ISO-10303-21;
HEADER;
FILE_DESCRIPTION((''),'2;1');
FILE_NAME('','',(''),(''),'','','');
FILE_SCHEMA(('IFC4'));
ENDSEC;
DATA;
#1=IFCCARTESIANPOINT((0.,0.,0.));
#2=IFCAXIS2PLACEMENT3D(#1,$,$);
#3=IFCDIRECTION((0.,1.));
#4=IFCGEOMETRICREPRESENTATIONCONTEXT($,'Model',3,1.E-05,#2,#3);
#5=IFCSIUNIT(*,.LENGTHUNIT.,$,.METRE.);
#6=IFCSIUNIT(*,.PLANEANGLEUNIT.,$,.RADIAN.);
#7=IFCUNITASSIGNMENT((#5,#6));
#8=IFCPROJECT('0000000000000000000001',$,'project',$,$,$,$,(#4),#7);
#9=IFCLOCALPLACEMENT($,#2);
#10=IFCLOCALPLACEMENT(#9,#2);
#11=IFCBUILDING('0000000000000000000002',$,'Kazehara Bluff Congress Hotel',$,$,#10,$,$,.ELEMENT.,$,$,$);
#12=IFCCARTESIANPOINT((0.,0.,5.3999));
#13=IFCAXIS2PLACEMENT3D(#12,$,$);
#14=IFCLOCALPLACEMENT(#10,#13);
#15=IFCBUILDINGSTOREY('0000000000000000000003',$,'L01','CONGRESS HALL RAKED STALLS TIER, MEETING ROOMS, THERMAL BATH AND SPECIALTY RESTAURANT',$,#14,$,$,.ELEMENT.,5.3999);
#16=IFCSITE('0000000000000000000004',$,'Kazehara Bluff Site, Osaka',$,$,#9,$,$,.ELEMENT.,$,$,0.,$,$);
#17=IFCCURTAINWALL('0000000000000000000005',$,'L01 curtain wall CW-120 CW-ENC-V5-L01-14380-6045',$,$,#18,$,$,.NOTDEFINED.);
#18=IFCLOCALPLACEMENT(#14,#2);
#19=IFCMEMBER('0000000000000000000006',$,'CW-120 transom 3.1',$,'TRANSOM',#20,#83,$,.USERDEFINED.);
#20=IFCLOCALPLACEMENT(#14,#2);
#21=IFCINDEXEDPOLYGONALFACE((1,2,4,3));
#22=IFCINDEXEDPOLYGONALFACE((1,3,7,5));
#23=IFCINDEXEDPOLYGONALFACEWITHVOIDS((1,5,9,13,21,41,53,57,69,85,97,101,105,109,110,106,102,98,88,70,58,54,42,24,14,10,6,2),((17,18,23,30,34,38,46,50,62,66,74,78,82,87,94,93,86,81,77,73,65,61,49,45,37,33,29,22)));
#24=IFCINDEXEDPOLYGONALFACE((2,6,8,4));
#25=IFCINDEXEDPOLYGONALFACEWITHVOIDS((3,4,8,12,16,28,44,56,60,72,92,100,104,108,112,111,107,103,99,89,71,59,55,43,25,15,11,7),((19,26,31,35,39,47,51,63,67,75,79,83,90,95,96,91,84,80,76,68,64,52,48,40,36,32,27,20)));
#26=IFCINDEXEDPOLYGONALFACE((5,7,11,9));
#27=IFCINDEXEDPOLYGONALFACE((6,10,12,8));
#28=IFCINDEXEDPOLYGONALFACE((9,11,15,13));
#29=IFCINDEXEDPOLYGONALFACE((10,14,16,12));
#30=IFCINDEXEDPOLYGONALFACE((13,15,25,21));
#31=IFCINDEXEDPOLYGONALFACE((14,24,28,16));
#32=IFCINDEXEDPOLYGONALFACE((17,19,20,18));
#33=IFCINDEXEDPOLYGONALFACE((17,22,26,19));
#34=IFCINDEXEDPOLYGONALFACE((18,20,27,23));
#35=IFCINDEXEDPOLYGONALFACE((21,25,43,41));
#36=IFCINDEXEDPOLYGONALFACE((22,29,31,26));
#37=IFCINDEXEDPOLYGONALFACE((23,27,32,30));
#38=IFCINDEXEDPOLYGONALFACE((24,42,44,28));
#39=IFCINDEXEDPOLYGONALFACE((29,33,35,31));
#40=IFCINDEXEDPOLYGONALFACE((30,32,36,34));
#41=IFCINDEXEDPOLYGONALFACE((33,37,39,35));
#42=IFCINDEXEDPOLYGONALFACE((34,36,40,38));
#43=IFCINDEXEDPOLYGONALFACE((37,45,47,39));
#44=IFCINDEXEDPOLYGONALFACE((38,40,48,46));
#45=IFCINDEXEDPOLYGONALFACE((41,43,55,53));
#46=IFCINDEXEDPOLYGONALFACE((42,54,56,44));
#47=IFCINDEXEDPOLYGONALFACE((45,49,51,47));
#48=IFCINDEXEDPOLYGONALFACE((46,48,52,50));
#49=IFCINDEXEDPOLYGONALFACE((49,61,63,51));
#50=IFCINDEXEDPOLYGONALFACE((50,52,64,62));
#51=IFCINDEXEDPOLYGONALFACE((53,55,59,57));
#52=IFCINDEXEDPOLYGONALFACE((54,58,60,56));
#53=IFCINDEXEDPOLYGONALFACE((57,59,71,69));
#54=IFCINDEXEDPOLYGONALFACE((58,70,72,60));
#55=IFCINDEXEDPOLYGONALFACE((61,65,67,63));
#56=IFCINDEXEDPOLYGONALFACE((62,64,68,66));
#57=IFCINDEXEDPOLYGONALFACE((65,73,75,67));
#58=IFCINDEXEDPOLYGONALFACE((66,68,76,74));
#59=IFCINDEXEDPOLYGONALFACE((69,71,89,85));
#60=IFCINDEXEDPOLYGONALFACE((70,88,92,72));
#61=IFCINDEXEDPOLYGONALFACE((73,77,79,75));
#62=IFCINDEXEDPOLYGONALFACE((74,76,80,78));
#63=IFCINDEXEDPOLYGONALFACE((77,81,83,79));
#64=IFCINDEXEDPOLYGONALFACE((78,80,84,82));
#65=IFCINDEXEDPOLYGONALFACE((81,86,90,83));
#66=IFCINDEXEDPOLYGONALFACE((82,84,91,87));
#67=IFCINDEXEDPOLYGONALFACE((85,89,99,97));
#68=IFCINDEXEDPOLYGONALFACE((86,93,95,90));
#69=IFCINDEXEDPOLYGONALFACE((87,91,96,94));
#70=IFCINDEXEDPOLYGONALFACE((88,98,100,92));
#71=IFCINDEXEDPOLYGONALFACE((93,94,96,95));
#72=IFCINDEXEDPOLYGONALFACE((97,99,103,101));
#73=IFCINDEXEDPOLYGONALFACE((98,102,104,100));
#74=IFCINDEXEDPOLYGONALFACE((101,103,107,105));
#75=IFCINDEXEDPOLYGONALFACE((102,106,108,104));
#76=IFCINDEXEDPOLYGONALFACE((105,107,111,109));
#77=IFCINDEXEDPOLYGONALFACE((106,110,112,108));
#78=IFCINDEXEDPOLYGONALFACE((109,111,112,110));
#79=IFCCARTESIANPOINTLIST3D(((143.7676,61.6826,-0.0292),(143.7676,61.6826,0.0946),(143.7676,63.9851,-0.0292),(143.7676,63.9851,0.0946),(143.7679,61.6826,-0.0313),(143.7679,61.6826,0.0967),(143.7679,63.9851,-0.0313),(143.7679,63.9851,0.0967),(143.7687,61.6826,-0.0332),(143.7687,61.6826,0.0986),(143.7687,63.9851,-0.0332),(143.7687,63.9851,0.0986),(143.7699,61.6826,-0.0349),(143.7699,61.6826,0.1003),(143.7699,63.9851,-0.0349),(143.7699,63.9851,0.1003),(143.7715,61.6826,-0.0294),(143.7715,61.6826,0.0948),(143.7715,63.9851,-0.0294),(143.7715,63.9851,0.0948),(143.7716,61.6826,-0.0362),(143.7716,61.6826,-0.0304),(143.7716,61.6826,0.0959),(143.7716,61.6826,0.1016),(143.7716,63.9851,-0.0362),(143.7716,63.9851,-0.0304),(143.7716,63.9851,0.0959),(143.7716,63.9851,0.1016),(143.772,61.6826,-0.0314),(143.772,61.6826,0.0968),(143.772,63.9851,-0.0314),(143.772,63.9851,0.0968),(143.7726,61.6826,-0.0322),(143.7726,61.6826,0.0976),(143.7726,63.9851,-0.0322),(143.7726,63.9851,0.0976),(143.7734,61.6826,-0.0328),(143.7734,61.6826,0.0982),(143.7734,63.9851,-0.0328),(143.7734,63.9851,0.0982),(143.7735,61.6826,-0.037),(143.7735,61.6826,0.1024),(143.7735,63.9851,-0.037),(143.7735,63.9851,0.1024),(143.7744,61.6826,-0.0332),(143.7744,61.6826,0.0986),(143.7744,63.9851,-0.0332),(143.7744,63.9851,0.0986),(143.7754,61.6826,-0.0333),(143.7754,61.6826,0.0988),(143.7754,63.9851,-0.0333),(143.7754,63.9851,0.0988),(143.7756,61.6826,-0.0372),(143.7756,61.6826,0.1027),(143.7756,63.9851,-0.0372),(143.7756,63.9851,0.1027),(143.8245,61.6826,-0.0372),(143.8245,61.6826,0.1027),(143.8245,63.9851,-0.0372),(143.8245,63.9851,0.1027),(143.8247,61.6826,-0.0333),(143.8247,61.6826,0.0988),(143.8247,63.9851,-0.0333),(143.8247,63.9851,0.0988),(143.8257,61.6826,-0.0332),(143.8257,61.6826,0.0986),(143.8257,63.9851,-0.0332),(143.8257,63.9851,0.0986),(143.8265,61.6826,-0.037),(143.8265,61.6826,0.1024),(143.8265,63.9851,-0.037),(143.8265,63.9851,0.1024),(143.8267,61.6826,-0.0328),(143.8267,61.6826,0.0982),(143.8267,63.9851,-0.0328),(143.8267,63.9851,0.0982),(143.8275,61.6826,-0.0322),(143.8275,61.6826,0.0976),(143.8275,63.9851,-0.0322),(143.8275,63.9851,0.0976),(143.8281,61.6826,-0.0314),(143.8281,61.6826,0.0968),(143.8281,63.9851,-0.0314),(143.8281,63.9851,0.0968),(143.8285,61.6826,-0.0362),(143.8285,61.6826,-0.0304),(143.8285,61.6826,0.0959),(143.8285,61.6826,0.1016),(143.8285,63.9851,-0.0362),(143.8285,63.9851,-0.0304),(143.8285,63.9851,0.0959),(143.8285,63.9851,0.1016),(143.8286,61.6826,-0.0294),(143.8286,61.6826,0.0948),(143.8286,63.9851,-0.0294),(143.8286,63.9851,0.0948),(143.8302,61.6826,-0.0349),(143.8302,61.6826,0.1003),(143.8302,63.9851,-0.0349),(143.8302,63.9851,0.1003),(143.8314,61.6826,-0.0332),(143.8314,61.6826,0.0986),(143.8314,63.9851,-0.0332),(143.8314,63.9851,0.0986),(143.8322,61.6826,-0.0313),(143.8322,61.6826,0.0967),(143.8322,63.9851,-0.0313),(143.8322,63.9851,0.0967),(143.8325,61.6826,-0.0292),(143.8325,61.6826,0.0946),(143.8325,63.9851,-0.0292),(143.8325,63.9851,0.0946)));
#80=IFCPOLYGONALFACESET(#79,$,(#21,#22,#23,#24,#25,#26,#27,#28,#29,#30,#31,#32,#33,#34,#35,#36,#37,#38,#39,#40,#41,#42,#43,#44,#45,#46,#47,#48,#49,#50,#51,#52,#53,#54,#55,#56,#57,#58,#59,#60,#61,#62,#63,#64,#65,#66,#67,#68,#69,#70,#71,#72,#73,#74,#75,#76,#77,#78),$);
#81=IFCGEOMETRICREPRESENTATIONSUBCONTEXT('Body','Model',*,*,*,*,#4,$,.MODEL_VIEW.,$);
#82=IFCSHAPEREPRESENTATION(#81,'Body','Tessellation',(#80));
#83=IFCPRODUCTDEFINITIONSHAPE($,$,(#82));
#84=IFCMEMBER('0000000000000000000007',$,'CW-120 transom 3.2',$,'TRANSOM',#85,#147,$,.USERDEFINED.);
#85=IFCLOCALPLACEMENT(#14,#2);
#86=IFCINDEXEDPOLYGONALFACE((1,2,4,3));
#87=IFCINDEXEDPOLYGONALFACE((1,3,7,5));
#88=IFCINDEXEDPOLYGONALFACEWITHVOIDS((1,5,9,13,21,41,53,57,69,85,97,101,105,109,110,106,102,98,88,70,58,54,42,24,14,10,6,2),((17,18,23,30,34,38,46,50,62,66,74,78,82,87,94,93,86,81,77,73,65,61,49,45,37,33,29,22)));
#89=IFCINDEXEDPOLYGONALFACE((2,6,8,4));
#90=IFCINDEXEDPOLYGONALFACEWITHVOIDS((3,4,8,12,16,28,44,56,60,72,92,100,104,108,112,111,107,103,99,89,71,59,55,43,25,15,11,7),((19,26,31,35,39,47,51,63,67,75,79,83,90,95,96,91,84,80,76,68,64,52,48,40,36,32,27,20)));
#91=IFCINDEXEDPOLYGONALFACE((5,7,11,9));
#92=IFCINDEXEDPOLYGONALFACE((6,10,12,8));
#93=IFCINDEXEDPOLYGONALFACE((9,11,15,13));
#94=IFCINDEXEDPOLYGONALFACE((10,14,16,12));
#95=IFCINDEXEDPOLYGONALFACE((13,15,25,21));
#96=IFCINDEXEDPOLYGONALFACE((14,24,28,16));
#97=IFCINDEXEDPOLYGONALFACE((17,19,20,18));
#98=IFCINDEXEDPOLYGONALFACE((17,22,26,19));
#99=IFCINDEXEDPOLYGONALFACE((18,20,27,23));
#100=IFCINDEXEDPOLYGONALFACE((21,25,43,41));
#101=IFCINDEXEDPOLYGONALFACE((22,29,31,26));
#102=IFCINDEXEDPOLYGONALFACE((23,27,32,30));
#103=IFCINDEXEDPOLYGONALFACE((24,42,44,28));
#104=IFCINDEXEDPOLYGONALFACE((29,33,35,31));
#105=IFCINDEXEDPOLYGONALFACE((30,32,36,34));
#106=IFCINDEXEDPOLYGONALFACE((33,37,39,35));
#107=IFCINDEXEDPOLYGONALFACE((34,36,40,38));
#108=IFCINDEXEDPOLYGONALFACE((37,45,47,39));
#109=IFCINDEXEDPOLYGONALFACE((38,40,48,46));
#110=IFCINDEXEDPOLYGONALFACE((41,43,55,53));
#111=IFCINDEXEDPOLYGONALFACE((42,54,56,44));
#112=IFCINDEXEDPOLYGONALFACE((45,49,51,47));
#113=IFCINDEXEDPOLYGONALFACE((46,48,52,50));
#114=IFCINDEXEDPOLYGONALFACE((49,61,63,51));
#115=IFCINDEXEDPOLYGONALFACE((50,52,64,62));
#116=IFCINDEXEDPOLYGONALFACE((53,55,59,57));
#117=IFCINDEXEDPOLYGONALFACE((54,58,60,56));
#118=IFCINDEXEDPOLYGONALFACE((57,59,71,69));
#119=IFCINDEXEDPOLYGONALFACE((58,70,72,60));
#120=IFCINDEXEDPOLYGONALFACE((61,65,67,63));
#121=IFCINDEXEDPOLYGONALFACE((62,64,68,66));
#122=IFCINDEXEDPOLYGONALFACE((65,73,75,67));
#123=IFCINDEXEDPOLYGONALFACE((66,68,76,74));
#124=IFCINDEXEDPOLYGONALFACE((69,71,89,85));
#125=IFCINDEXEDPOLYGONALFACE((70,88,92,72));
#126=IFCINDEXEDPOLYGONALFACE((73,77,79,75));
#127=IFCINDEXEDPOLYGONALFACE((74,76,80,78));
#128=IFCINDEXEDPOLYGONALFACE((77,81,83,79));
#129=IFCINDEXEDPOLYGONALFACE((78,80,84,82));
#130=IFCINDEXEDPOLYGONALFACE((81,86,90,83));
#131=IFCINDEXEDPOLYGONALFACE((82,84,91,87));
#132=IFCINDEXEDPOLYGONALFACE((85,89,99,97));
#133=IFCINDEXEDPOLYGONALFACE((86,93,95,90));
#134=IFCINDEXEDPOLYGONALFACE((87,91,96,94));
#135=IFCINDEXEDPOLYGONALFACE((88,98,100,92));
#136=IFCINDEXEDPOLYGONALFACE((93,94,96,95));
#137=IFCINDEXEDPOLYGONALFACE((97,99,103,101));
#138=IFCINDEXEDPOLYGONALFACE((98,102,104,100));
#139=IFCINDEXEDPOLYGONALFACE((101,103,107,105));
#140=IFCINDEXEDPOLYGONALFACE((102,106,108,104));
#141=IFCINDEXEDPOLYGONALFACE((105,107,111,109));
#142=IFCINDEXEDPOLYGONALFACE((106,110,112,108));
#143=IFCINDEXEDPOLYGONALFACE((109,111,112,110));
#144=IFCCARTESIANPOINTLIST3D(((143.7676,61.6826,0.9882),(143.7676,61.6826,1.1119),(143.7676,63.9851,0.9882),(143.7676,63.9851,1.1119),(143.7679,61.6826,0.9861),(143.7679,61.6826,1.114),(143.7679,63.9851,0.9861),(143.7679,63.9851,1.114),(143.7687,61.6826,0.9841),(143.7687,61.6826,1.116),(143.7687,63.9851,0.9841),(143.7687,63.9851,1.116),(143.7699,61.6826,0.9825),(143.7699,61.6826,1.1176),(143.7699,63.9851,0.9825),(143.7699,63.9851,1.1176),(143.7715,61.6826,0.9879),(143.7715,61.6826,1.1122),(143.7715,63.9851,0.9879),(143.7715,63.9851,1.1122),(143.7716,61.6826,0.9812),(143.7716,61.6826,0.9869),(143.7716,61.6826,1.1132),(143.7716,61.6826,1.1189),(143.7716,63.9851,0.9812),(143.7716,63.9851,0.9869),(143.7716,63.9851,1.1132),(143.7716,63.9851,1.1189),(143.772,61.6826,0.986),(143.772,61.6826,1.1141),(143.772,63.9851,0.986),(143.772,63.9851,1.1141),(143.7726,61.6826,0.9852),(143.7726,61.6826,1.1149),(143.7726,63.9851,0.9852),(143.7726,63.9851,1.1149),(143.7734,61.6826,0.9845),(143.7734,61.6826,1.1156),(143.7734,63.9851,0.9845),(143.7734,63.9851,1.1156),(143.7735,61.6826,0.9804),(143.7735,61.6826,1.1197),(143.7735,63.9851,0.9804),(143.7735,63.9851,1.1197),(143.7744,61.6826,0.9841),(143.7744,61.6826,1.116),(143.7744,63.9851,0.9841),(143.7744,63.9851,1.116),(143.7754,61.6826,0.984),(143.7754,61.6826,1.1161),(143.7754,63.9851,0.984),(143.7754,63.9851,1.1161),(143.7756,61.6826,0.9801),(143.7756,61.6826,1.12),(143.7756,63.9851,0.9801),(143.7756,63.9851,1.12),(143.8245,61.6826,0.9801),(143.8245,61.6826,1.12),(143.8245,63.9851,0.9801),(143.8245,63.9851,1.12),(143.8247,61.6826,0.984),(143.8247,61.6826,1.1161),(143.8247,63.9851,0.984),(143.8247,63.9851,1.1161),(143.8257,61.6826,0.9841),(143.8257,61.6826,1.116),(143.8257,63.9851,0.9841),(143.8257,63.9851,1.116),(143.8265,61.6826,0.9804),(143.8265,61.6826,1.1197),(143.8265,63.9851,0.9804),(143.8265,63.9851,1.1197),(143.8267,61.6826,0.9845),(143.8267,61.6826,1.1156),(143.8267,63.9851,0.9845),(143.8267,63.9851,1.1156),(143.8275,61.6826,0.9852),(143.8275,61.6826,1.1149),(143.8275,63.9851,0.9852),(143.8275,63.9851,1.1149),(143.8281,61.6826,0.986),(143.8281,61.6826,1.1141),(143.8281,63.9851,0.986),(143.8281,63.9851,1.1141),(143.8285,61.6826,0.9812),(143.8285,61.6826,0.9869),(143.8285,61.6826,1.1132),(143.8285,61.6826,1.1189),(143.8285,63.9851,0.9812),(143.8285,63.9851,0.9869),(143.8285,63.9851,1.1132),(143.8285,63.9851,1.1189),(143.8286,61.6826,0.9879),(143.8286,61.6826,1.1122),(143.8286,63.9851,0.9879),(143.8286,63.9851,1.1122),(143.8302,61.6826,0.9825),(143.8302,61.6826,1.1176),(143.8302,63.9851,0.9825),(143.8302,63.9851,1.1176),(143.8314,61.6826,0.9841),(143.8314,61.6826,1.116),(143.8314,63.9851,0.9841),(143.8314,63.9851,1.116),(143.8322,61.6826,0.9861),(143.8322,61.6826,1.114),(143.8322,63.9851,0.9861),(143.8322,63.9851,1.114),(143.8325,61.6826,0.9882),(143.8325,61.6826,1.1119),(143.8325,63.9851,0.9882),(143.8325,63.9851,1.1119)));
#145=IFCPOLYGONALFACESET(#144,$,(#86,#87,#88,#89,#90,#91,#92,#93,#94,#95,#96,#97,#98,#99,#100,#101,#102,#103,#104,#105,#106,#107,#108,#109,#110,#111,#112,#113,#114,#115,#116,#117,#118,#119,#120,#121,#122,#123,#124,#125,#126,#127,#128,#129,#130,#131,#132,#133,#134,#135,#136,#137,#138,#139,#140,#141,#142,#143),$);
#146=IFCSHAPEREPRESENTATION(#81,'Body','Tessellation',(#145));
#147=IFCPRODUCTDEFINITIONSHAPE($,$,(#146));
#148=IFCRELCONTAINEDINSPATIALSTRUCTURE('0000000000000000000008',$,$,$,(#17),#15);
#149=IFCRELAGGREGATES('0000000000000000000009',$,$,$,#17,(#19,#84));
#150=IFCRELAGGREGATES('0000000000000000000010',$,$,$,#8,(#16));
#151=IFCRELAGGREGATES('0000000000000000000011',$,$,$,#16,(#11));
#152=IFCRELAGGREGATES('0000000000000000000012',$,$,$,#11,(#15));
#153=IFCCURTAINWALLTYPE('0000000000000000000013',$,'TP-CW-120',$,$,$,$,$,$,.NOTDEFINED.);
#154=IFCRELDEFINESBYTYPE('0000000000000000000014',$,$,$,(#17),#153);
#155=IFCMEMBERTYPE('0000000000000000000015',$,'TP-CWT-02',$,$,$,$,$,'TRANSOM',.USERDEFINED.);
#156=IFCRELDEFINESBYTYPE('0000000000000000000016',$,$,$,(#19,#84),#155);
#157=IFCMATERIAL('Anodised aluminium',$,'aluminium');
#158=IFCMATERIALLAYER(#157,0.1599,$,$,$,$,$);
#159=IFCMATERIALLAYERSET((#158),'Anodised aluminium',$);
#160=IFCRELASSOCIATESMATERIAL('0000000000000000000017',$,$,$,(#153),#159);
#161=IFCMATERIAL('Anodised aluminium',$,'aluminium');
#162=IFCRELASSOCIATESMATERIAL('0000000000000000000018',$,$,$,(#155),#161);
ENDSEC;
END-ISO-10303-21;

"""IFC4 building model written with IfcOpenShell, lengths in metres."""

from ifc_helpers import new_model, si_unit, direction, frame, origin, origin_2d, place, context, subcontext, project, spatial, hollow_rectangle, extrude, material, layer, layer_set, material_profile, profile_set, type_object, element, aggregate, save


model = new_model("IFC4")

# Units and contexts
model_context = context("Model", 3, precision=1e-05, world=origin(), true_north=direction((0.0, 1.0)))
body_context = subcontext(model_context, "Body", "Model", "MODEL_VIEW")
ifc_project = project(units=[si_unit("LENGTHUNIT", "METRE"), si_unit("PLANEANGLEUNIT", "RADIAN")], contexts=[model_context])

# Site, building, storey
site_placement = place(None, origin())
site = spatial("IfcSite", under=ifc_project, at=site_placement, Name="Kazehara Bluff Site, Osaka", CompositionType="ELEMENT", RefElevation=0.0)
building_placement = place(site_placement, origin())
building = spatial("IfcBuilding", under=site, at=building_placement, Name="Kazehara Bluff Congress Hotel", CompositionType="ELEMENT")
storey_placement = place(building_placement, frame((0.0, 0.0, 5.3999)))
storey = spatial("IfcBuildingStorey", under=building, at=storey_placement, Name="L01", Description="CONGRESS HALL RAKED STALLS TIER, MEETING ROOMS, THERMAL BATH AND SPECIALTY RESTAURANT", CompositionType="ELEMENT", Elevation=5.3999)

# Curtain wall
ifc_material_1 = material(Name="Anodised aluminium", Category="aluminium")
ifc_layer_1 = layer(ifc_material_1, 0.1599)
ifc_layer_set_1 = layer_set([ifc_layer_1], Name="Anodised aluminium")
curtain_wall_type_1 = type_object("IfcCurtainWallType", Name="TP-CW-120", PredefinedType="NOTDEFINED", material=ifc_layer_set_1)
curtain_wall_1_placement = place(storey_placement, origin())
curtain_wall_1 = element("IfcCurtainWall", 1, at=curtain_wall_1_placement, inside=storey, type_object=curtain_wall_type_1, Name="L01 curtain wall CW-120 CW-ENC-V5-L01-14380-6045", PredefinedType="NOTDEFINED")

# Members
ifc_material_2 = material(Name="Anodised aluminium", Category="aluminium")
ifc_material_profile_1 = material_profile(ifc_material_2, hollow_rectangle(XDim=0.0649, YDim=0.1399, WallThickness=0.0039, InnerFilletRadius=0.0039, OuterFilletRadius=0.0081, at=origin_2d()))
ifc_profile_set_1 = profile_set([ifc_material_profile_1], Name="Anodised aluminium")
member_type_1 = type_object("IfcMemberType", Name="TP-CWT-02", ElementType="TRANSOM", PredefinedType="USERDEFINED", material=ifc_profile_set_1)
member_1_placement = place(storey_placement, frame((143.8, 61.6826, 0.0327), z_axis=(0.0, 1.0, 0.0), x_axis=(-1.0, 0.0, 0.0)))
member_1 = element("IfcMember", 2, at=member_1_placement, type_object=member_type_1, Name="CW-120 transom 3.1", ObjectType="TRANSOM", PredefinedType="USERDEFINED", context=body_context, shape_type="SweptSolid", body=[
    extrude(hollow_rectangle(XDim=0.0649, YDim=0.1399, WallThickness=0.0039, InnerFilletRadius=0.0039, OuterFilletRadius=0.0081, at=origin_2d()), origin(), (0.0, 0.0, 1.0), 2.3025),
])
member_2_placement = place(storey_placement, frame((143.8, 61.6826, 1.05), z_axis=(0.0, 1.0, 0.0), x_axis=(-1.0, 0.0, 0.0)))
member_2 = element("IfcMember", 3, at=member_2_placement, type_object=member_type_1, Name="CW-120 transom 3.2", ObjectType="TRANSOM", PredefinedType="USERDEFINED", context=body_context, shape_type="SweptSolid", body=[
    extrude(hollow_rectangle(XDim=0.0649, YDim=0.1399, WallThickness=0.0039, InnerFilletRadius=0.0039, OuterFilletRadius=0.0081, at=origin_2d()), origin(), (0.0, 0.0, 1.0), 2.3025),
])

aggregate(curtain_wall_1, [member_1, member_2])

save(model, "model.ifc")
